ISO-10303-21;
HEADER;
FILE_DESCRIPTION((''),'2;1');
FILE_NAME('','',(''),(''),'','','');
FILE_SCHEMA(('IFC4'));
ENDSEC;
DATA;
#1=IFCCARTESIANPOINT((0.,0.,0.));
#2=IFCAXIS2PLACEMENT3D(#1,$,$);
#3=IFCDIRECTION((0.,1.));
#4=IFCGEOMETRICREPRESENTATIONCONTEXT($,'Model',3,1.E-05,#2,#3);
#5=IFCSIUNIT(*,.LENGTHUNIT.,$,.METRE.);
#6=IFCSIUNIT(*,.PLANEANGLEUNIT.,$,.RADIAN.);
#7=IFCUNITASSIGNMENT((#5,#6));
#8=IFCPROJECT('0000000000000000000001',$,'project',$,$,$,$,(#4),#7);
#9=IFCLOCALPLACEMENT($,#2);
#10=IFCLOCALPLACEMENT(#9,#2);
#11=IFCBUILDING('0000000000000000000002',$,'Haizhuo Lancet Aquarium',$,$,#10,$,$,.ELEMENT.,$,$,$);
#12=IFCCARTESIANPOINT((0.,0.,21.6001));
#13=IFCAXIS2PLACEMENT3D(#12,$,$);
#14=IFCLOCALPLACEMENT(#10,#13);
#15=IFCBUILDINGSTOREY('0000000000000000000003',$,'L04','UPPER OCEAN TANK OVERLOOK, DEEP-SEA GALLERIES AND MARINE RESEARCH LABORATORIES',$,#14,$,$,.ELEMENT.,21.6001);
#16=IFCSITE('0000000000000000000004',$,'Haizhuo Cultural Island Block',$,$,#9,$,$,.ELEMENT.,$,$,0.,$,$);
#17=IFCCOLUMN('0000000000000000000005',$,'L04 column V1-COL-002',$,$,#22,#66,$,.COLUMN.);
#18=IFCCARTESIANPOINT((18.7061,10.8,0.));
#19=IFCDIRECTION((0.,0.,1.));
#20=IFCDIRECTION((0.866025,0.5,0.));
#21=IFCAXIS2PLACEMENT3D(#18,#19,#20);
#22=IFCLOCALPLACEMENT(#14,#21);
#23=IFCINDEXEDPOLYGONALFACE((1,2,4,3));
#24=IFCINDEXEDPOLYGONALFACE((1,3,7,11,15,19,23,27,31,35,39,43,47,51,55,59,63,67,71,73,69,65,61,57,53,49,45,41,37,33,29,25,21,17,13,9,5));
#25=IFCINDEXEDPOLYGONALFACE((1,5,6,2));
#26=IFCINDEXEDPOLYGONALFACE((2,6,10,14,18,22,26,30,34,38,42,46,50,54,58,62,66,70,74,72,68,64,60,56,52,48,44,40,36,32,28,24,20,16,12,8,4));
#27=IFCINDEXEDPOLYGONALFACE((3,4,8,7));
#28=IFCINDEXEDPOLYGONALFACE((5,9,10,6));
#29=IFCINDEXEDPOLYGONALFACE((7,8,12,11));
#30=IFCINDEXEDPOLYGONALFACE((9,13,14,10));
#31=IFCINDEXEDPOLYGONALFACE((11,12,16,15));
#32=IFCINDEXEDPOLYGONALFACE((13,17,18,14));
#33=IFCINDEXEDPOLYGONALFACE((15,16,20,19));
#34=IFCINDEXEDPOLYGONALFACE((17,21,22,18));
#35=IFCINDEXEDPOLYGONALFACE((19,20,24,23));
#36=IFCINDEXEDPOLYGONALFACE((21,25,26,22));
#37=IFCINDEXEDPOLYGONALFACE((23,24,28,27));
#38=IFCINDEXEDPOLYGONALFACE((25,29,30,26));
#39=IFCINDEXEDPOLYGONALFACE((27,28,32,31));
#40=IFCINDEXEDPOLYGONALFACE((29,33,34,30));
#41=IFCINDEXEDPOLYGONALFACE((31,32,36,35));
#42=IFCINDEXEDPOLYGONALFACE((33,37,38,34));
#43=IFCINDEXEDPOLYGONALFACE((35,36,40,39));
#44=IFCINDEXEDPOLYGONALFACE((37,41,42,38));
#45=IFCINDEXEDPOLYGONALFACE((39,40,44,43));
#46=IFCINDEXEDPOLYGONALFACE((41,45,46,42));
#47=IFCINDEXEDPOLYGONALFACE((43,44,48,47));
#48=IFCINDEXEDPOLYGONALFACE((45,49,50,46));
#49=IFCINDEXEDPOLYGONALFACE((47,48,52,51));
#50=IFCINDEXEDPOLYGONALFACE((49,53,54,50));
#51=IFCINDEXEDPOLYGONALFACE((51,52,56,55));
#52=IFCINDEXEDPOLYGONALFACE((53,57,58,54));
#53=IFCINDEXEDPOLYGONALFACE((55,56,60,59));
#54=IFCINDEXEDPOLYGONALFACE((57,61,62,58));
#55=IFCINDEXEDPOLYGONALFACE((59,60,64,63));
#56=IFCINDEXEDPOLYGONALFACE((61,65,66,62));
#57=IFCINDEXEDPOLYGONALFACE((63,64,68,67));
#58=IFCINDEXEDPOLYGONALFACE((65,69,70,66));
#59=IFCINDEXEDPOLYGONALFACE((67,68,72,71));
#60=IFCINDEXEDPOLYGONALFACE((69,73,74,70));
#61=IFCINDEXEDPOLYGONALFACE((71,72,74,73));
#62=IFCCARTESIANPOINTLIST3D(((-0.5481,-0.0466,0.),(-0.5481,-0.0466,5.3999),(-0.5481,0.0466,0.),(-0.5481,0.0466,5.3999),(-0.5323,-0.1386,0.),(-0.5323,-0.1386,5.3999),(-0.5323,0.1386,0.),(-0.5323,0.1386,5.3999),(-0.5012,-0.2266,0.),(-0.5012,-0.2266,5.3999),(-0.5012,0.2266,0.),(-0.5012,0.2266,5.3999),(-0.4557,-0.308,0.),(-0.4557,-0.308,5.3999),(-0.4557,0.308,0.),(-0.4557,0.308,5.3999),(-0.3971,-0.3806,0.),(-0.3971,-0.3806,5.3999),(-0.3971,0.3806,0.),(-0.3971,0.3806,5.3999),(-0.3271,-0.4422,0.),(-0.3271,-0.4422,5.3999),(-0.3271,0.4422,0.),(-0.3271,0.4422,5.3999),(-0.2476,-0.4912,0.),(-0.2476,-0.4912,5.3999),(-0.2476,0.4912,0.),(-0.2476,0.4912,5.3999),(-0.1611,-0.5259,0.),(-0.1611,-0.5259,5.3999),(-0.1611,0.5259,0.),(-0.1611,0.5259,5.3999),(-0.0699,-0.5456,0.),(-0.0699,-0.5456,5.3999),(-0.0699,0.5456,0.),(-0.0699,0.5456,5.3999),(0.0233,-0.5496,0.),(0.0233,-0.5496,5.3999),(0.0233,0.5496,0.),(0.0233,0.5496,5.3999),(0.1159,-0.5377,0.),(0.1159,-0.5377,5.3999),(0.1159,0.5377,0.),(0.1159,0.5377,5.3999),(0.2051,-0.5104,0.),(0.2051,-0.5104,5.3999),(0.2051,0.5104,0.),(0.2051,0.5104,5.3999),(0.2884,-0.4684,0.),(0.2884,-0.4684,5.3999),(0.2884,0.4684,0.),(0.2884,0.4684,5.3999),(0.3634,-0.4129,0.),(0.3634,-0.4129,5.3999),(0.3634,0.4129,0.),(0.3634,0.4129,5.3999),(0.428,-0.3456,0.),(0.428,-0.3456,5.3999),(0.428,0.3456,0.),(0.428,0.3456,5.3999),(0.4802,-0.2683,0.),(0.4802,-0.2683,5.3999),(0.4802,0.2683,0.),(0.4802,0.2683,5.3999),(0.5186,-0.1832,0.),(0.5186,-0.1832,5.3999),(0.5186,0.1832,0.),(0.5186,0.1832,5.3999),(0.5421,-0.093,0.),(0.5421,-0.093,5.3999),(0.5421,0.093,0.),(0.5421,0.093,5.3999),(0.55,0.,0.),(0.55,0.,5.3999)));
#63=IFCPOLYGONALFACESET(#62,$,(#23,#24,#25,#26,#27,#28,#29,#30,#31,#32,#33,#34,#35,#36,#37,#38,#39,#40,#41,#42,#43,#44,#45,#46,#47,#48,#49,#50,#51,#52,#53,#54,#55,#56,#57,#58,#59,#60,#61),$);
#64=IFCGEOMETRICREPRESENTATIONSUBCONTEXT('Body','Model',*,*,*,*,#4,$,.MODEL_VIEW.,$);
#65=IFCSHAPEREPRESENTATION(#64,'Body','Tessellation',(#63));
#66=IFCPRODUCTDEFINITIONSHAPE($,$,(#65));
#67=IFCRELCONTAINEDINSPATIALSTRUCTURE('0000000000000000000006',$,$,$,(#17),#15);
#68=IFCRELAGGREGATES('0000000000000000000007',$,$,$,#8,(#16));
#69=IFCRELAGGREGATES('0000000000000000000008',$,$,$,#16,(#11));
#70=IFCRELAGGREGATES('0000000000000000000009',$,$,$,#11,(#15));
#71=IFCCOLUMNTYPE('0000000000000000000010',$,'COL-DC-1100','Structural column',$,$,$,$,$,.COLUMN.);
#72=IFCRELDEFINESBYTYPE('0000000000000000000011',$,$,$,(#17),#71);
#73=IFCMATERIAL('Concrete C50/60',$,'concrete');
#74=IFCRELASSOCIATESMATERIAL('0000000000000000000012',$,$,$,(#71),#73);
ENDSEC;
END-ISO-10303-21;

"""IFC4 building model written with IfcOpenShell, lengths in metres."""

from ifc_helpers import new_model, si_unit, direction, frame, origin, origin_2d, place, context, subcontext, project, spatial, circle, extrude, material, material_profile, profile_set, type_object, element, save


model = new_model("IFC4")

# Units and contexts
model_context = context("Model", 3, precision=1e-05, world=origin(), true_north=direction((0.0, 1.0)))
body_context = subcontext(model_context, "Body", "Model", "MODEL_VIEW")
ifc_project = project(units=[si_unit("LENGTHUNIT", "METRE"), si_unit("PLANEANGLEUNIT", "RADIAN")], contexts=[model_context])

# Site, building, storey
site_placement = place(None, origin())
site = spatial("IfcSite", under=ifc_project, at=site_placement, Name="Haizhuo Cultural Island Block", CompositionType="ELEMENT", RefElevation=0.0)
building_placement = place(site_placement, origin())
building = spatial("IfcBuilding", under=site, at=building_placement, Name="Haizhuo Lancet Aquarium", CompositionType="ELEMENT")
storey_placement = place(building_placement, frame((0.0, 0.0, 21.6001)))
storey = spatial("IfcBuildingStorey", under=building, at=storey_placement, Name="L04", Description="UPPER OCEAN TANK OVERLOOK, DEEP-SEA GALLERIES AND MARINE RESEARCH LABORATORIES", CompositionType="ELEMENT", Elevation=21.6001)

# Column
ifc_material_1 = material(Name="Concrete C50/60", Category="concrete")
ifc_material_profile_1 = material_profile(ifc_material_1, circle(Radius=0.55, at=origin_2d()), Name="RC-DC 1100")
ifc_profile_set_1 = profile_set([ifc_material_profile_1], Name="Concrete C50/60")
column_type = type_object("IfcColumnType", Name="COL-DC-1100", Description="Structural column", PredefinedType="COLUMN", material=ifc_profile_set_1)
column_placement = place(storey_placement, frame((18.7061, 10.8, 0.0), z_axis=(0.0, 0.0, 1.0), x_axis=(0.866025, 0.5, 0.0)))
element("IfcColumn", 1, at=column_placement, inside=storey, type_object=column_type, Name="L04 column V1-COL-002", PredefinedType="COLUMN", context=body_context, shape_type="SweptSolid", body=[
    extrude(circle(Radius=0.55, at=origin_2d()), origin(), (0.0, 0.0, 1.0), 5.3999),
])

save(model, "model.ifc")
